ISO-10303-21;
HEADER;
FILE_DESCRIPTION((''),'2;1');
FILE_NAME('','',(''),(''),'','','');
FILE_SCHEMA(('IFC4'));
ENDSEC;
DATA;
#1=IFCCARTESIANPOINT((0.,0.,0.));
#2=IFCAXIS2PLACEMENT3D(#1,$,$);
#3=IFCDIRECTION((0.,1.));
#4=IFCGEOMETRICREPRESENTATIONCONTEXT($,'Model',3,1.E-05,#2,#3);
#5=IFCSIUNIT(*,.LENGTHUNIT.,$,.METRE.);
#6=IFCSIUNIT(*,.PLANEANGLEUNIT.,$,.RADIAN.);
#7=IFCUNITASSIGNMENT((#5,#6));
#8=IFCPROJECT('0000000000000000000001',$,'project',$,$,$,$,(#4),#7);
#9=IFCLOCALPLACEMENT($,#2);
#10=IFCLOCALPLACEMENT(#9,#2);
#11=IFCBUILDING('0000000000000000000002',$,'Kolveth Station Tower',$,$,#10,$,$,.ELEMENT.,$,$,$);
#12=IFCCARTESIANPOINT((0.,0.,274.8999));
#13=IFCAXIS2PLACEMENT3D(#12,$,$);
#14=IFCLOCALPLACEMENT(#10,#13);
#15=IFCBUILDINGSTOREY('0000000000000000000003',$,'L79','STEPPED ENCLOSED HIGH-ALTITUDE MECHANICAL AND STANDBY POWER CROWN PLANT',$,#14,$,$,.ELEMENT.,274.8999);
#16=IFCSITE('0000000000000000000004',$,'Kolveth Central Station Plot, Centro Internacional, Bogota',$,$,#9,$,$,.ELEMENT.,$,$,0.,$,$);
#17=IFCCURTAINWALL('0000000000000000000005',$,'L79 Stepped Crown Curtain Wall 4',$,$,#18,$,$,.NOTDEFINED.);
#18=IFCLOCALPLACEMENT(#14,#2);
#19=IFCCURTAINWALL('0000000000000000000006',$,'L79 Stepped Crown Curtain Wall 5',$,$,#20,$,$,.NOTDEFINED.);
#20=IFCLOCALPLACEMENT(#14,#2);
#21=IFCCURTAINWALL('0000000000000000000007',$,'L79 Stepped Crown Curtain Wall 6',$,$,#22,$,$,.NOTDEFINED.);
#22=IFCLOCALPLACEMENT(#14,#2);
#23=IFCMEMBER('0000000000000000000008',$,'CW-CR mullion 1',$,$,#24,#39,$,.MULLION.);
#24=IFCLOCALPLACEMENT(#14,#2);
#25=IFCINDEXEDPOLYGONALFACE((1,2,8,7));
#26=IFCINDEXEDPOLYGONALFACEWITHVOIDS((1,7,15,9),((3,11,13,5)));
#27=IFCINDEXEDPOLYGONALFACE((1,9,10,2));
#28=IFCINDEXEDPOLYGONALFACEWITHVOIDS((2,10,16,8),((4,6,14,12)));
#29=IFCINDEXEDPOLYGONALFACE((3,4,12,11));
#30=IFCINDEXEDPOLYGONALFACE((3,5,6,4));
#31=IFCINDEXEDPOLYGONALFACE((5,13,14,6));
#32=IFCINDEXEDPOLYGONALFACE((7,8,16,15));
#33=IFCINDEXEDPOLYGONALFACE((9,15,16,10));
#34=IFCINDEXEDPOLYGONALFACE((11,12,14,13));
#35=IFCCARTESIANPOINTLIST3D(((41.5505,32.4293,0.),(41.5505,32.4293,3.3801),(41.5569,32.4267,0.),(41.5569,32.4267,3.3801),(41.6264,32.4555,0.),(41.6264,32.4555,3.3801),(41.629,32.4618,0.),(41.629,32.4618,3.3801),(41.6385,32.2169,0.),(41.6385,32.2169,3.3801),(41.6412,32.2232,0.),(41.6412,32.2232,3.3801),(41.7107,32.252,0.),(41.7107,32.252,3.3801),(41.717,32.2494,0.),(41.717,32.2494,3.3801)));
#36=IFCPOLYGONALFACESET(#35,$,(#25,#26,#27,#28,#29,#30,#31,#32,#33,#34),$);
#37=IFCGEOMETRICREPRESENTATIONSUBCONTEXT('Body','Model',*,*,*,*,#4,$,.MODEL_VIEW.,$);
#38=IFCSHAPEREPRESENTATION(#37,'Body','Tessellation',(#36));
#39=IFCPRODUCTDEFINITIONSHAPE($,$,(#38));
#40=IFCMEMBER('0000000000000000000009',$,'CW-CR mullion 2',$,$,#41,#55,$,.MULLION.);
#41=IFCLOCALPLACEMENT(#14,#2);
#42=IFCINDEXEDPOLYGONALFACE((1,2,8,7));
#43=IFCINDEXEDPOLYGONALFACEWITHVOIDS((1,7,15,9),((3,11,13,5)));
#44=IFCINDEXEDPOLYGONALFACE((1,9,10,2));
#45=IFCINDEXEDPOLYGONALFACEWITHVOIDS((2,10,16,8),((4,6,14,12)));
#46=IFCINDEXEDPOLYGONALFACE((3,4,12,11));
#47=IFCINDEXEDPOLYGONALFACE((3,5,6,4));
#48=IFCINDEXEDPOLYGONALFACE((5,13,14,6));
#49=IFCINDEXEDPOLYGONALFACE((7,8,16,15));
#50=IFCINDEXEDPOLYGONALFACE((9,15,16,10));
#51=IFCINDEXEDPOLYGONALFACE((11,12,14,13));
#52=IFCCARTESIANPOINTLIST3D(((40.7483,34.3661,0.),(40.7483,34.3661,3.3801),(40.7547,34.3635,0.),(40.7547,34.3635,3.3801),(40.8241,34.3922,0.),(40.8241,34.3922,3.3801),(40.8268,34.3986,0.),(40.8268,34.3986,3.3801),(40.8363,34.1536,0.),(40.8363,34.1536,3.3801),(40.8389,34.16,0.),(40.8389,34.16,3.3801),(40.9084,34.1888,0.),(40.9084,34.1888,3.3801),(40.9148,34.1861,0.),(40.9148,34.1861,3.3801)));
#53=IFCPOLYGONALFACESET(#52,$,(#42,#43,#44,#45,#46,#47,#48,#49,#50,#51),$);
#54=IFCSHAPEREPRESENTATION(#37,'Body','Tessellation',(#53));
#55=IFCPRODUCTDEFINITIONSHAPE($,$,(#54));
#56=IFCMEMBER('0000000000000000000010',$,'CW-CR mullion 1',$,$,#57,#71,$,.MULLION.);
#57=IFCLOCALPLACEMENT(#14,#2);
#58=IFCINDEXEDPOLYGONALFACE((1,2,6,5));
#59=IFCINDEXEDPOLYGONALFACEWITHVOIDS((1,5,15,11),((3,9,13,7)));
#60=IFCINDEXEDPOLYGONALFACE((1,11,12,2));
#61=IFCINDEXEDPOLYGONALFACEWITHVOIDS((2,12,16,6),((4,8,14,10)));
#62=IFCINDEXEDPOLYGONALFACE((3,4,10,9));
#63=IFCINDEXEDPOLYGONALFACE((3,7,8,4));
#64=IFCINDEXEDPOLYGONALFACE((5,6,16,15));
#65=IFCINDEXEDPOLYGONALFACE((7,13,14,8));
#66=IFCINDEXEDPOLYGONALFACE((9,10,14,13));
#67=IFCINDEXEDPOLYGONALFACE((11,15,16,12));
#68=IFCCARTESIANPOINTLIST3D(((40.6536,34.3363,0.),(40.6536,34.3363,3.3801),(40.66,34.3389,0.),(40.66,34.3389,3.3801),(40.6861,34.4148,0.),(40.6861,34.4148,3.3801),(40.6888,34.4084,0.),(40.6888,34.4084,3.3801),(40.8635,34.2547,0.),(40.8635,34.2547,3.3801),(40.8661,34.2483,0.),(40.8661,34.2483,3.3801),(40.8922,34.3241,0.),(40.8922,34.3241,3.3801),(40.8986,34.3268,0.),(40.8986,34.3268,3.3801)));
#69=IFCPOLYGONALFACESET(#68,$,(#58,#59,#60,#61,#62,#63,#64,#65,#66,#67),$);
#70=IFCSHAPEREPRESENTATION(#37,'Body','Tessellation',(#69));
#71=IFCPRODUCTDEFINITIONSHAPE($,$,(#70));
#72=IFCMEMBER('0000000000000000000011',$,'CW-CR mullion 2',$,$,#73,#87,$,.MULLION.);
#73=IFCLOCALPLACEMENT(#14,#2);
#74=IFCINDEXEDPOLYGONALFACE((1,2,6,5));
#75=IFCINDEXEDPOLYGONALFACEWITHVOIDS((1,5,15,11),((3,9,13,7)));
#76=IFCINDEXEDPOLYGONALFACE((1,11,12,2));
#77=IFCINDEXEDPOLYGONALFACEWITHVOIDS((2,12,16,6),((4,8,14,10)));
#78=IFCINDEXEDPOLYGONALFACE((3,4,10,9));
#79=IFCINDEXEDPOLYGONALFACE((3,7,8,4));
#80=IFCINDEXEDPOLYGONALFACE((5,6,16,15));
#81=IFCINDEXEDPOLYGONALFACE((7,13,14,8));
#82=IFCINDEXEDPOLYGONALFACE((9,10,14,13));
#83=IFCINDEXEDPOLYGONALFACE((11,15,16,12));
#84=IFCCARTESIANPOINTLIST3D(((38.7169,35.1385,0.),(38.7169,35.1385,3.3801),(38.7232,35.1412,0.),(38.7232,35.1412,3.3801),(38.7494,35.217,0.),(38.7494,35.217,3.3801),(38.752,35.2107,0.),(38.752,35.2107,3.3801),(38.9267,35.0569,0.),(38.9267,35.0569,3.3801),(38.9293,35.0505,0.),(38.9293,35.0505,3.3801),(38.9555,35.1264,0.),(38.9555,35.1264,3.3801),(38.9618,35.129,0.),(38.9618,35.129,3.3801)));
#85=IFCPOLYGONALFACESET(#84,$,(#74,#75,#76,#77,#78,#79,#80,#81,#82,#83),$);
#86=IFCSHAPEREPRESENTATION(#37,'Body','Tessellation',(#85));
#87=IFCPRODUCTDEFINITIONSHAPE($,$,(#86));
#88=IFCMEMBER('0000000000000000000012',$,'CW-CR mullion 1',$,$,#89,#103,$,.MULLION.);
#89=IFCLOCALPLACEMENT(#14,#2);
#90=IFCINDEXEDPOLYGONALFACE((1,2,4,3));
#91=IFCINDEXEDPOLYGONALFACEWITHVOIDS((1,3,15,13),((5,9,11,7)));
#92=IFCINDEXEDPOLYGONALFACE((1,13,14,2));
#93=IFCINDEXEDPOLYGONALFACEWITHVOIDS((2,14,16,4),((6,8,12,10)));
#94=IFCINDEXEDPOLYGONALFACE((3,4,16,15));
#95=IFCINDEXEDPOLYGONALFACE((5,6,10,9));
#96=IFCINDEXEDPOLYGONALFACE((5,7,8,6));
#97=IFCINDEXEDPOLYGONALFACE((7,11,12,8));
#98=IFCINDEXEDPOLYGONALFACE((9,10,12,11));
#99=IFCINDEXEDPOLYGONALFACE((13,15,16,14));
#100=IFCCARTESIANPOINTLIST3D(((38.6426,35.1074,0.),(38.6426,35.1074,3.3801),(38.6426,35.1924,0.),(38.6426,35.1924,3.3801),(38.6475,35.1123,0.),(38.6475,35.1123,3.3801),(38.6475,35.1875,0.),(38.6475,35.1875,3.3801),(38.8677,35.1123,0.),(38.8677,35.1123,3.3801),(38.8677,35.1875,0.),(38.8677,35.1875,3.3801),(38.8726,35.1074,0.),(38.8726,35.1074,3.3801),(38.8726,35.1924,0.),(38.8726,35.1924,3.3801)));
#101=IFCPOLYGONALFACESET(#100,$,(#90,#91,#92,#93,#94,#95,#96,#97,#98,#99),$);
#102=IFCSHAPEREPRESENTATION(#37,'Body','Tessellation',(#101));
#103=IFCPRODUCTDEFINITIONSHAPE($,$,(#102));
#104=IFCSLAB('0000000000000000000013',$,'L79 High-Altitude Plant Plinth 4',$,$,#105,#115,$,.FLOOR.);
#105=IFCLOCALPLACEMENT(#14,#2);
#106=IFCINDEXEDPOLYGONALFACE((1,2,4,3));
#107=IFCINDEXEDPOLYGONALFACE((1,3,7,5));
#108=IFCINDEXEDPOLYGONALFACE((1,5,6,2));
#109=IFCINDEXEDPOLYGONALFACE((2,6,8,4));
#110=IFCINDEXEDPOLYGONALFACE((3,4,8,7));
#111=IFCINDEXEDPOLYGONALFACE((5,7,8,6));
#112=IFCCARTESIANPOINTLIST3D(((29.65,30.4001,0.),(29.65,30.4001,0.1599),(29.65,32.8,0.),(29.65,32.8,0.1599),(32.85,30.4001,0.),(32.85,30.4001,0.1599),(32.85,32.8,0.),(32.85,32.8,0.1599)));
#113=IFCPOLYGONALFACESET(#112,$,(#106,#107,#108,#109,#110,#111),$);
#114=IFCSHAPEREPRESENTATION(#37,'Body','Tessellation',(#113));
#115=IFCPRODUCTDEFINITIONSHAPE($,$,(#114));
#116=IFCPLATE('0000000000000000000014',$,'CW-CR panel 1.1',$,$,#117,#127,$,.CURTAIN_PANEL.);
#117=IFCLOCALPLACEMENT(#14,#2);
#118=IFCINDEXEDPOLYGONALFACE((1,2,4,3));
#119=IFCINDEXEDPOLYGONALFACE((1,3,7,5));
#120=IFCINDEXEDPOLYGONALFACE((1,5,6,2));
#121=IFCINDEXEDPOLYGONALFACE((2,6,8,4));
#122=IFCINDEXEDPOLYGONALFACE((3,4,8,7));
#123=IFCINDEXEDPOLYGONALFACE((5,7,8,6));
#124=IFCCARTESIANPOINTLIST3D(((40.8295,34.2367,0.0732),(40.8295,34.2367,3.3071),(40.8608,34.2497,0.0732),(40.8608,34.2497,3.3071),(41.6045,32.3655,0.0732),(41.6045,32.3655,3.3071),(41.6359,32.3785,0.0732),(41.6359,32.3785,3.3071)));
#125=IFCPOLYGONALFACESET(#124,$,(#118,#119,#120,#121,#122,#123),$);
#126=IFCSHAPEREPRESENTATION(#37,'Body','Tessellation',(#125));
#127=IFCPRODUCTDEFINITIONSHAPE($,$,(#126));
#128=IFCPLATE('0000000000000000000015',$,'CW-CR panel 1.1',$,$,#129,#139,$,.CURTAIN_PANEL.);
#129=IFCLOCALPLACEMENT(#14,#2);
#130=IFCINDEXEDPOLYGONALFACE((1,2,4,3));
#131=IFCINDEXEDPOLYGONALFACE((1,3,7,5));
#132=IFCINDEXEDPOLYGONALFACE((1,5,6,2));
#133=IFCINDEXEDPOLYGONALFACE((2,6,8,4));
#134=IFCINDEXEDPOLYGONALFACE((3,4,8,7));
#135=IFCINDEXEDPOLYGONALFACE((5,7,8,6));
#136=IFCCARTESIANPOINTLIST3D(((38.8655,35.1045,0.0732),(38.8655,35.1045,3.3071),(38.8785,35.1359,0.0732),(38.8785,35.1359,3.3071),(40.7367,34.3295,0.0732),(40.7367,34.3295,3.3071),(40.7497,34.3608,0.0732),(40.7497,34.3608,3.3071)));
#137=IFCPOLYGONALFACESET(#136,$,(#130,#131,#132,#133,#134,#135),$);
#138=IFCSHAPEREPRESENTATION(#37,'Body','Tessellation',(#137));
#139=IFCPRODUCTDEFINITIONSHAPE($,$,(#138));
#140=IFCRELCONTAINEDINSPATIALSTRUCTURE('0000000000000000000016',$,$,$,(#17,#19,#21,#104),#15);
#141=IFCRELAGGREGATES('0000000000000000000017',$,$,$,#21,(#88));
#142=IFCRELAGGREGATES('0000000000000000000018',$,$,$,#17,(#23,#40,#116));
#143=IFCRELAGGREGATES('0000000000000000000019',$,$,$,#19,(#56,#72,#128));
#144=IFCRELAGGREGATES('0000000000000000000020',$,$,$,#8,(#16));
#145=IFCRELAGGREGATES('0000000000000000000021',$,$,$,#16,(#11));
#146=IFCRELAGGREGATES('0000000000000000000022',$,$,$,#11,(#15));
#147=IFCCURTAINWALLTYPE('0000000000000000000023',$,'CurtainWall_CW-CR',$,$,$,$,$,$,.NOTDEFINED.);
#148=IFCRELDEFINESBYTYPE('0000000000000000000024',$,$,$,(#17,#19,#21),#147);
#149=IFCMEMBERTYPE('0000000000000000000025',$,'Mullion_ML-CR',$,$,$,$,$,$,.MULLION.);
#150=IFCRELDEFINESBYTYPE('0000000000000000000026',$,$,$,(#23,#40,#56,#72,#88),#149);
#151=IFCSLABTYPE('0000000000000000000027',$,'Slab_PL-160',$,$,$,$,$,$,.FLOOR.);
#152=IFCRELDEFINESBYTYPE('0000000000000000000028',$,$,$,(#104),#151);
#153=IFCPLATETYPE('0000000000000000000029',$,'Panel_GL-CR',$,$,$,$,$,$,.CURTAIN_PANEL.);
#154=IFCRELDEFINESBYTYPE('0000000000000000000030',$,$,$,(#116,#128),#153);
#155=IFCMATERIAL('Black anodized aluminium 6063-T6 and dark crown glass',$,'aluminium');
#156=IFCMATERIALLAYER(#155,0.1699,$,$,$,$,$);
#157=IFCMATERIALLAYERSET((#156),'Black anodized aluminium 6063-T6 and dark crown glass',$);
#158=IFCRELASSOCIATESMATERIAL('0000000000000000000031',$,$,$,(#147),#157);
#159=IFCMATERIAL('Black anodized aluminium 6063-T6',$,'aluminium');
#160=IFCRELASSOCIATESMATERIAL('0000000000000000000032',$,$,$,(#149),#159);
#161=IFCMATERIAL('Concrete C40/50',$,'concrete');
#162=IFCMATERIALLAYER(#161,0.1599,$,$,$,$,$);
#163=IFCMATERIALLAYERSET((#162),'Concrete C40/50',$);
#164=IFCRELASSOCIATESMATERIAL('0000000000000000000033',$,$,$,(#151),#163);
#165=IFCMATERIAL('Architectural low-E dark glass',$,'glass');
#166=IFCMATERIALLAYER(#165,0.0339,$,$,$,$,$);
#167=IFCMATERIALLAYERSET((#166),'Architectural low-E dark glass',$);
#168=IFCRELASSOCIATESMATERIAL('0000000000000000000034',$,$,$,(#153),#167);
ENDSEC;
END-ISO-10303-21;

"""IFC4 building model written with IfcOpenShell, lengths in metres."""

from ifc_helpers import new_model, si_unit, direction, frame, origin, origin_2d, place, context, subcontext, project, spatial, rectangle, hollow_rectangle, extrude, source, transform, mapped, material, layer, layer_set, material_profile, profile_set, type_object, element, aggregate, save


model = new_model("IFC4")

# Units and contexts
model_context = context("Model", 3, precision=1e-05, world=origin(), true_north=direction((0.0, 1.0)))
body_context = subcontext(model_context, "Body", "Model", "MODEL_VIEW")
ifc_project = project(units=[si_unit("LENGTHUNIT", "METRE"), si_unit("PLANEANGLEUNIT", "RADIAN")], contexts=[model_context])

# Site, building, storey
site_placement = place(None, origin())
site = spatial("IfcSite", under=ifc_project, at=site_placement, Name="Kolveth Central Station Plot, Centro Internacional, Bogota", CompositionType="ELEMENT", RefElevation=0.0)
building_placement = place(site_placement, origin())
building = spatial("IfcBuilding", under=site, at=building_placement, Name="Kolveth Station Tower", CompositionType="ELEMENT")
storey_placement = place(building_placement, frame((0.0, 0.0, 274.8999)))
storey = spatial("IfcBuildingStorey", under=building, at=storey_placement, Name="L79", Description="STEPPED ENCLOSED HIGH-ALTITUDE MECHANICAL AND STANDBY POWER CROWN PLANT", CompositionType="ELEMENT", Elevation=274.8999)

# Curtain walls
ifc_material_1 = material(Name="Black anodized aluminium 6063-T6 and dark crown glass", Category="aluminium")
ifc_layer_1 = layer(ifc_material_1, 0.1699)
ifc_layer_set_1 = layer_set([ifc_layer_1], Name="Black anodized aluminium 6063-T6 and dark crown glass")
curtain_wall_type = type_object("IfcCurtainWallType", Name="CurtainWall_CW-CR", PredefinedType="NOTDEFINED", material=ifc_layer_set_1)
curtain_wall_1_placement = place(storey_placement, origin())
curtain_wall_1 = element("IfcCurtainWall", 1, at=curtain_wall_1_placement, inside=storey, type_object=curtain_wall_type, Name="L79 Stepped Crown Curtain Wall 4", PredefinedType="NOTDEFINED")
ifc_material_2 = material(Name="Black anodized aluminium 6063-T6", Category="aluminium")
curtain_wall_2_placement = place(storey_placement, origin())
curtain_wall_2 = element("IfcCurtainWall", 2, at=curtain_wall_2_placement, inside=storey, type_object=curtain_wall_type, Name="L79 Stepped Crown Curtain Wall 5", PredefinedType="NOTDEFINED")
curtain_wall_3_placement = place(storey_placement, origin())
curtain_wall_3 = element("IfcCurtainWall", 3, at=curtain_wall_3_placement, inside=storey, type_object=curtain_wall_type, Name="L79 Stepped Crown Curtain Wall 6", PredefinedType="NOTDEFINED")

# Shared definitions
ifc_material_profile_1 = material_profile(ifc_material_2, hollow_rectangle(XDim=0.085, YDim=0.23, WallThickness=0.0049, at=origin_2d()), Name="ALU-85x230x5")
ifc_profile_set_1 = profile_set([ifc_material_profile_1], Name="Black anodized aluminium 6063-T6")
member_type_1 = type_object("IfcMemberType", Name="Mullion_ML-CR", PredefinedType="MULLION", material=ifc_profile_set_1)
shared_shape_1 = source(origin(), body_context, "Body", "SweptSolid", [
    extrude(hollow_rectangle(XDim=0.085, YDim=0.23, WallThickness=0.0049, at=origin_2d()), origin(), (0.0, 0.0, 1.0), 3.3801),
])

# Members
member_1_placement = place(storey_placement, frame((41.6338, 32.3394, 0.0), z_axis=(0.0, 0.0, 1.0), x_axis=(-0.92389, -0.382658, 0.0)))
member_1 = element("IfcMember", 4, at=member_1_placement, type_object=member_type_1, Name="CW-CR mullion 1", PredefinedType="MULLION", context=body_context, shape_type="MappedRepresentation", body=[
    mapped(shared_shape_1, transform((0.0, 0.0, 0.0), x_axis=(1.0, 0.0, 0.0), y_axis=(0.0, 1.0, 0.0), z_axis=(0.0, 0.0, 1.0), scale=1.0)),
])
member_2_placement = place(storey_placement, frame((40.8315, 34.2761, 0.0), z_axis=(0.0, 0.0, 1.0), x_axis=(-0.92389, -0.382658, 0.0)))
member_2 = element("IfcMember", 5, at=member_2_placement, type_object=member_type_1, Name="CW-CR mullion 2", PredefinedType="MULLION", context=body_context, shape_type="MappedRepresentation", body=[
    mapped(shared_shape_1, transform((0.0, 0.0, 0.0), x_axis=(1.0, 0.0, 0.0), y_axis=(0.0, 1.0, 0.0), z_axis=(0.0, 0.0, 1.0), scale=1.0)),
])
member_3_placement = place(storey_placement, frame((40.7761, 34.3315, 0.0), z_axis=(0.0, 0.0, 1.0), x_axis=(-0.382658, -0.92389, 0.0)))
member_3 = element("IfcMember", 6, at=member_3_placement, type_object=member_type_1, Name="CW-CR mullion 1", PredefinedType="MULLION", context=body_context, shape_type="MappedRepresentation", body=[
    mapped(shared_shape_1, transform((0.0, 0.0, 0.0), x_axis=(1.0, 0.0, 0.0), y_axis=(0.0, 1.0, 0.0), z_axis=(0.0, 0.0, 1.0), scale=1.0)),
])
member_4_placement = place(storey_placement, frame((38.8394, 35.1338, 0.0), z_axis=(0.0, 0.0, 1.0), x_axis=(-0.382658, -0.92389, 0.0)))
member_4 = element("IfcMember", 7, at=member_4_placement, type_object=member_type_1, Name="CW-CR mullion 2", PredefinedType="MULLION", context=body_context, shape_type="MappedRepresentation", body=[
    mapped(shared_shape_1, transform((0.0, 0.0, 0.0), x_axis=(1.0, 0.0, 0.0), y_axis=(0.0, 1.0, 0.0), z_axis=(0.0, 0.0, 1.0), scale=1.0)),
])
member_5_placement = place(storey_placement, frame((38.7576, 35.1499, 0.0), z_axis=(0.0, 0.0, 1.0), x_axis=(0.0, -1.0, 0.0)))
member_5 = element("IfcMember", 8, at=member_5_placement, type_object=member_type_1, Name="CW-CR mullion 1", PredefinedType="MULLION", context=body_context, shape_type="MappedRepresentation", body=[
    mapped(shared_shape_1, transform((0.0, 0.0, 0.0), x_axis=(1.0, 0.0, 0.0), y_axis=(0.0, 1.0, 0.0), z_axis=(0.0, 0.0, 1.0), scale=1.0)),
])
aggregate(curtain_wall_3, [member_5])

# Slab
ifc_material_3 = material(Name="Concrete C40/50", Category="concrete")
ifc_layer_2 = layer(ifc_material_3, 0.1599)
ifc_layer_set_2 = layer_set([ifc_layer_2], Name="Concrete C40/50")
slab_type = type_object("IfcSlabType", Name="Slab_PL-160", PredefinedType="FLOOR", material=ifc_layer_set_2)
shared_shape_2 = source(origin(), body_context, "Body", "SweptSolid", [
    extrude(rectangle(XDim=3.2, YDim=2.3999, at=origin_2d()), origin(), (0.0, 0.0, 1.0), 0.1599),
])
slab_placement = place(storey_placement, frame((31.25, 31.6001, 0.0), z_axis=(0.0, 0.0, 1.0), x_axis=(1.0, 0.0, 0.0)))
element("IfcSlab", 9, at=slab_placement, inside=storey, type_object=slab_type, Name="L79 High-Altitude Plant Plinth 4", PredefinedType="FLOOR", context=body_context, shape_type="MappedRepresentation", body=[
    mapped(shared_shape_2, transform((0.0, 0.0, 0.0), x_axis=(1.0, 0.0, 0.0), y_axis=(0.0, 1.0, 0.0), z_axis=(0.0, 0.0, 1.0), scale=1.0)),
])

# Plates
ifc_material_4 = material(Name="Architectural low-E dark glass", Category="glass")
ifc_layer_3 = layer(ifc_material_4, 0.0339)
ifc_layer_set_3 = layer_set([ifc_layer_3], Name="Architectural low-E dark glass")
plate_type = type_object("IfcPlateType", Name="Panel_GL-CR", PredefinedType="CURTAIN_PANEL", material=ifc_layer_set_3)
shared_shape_3 = source(origin(), body_context, "Body", "SweptSolid", [
    extrude(rectangle(XDim=2.0254, YDim=0.0339, at=origin_2d()), origin(), (0.0, 0.0, 1.0), 3.2339),
])
plate_1_placement = place(storey_placement, frame((41.2327, 33.3076, 0.0732), z_axis=(0.0, 0.0, 1.0), x_axis=(-0.382658, 0.92389, 0.0)))
plate_1 = element("IfcPlate", 10, at=plate_1_placement, type_object=plate_type, Name="CW-CR panel 1.1", PredefinedType="CURTAIN_PANEL", context=body_context, shape_type="MappedRepresentation", body=[
    mapped(shared_shape_3, transform((0.0, 0.0, 0.0), x_axis=(1.0, 0.0, 0.0), y_axis=(0.0, 1.0, 0.0), z_axis=(0.0, 0.0, 1.0), scale=1.0)),
])
aggregate(curtain_wall_1, [member_1, member_2, plate_1])
plate_2_placement = place(storey_placement, frame((39.8076, 34.7327, 0.0732), z_axis=(0.0, 0.0, 1.0), x_axis=(-0.92389, 0.382658, 0.0)))
plate_2 = element("IfcPlate", 11, at=plate_2_placement, type_object=plate_type, Name="CW-CR panel 1.1", PredefinedType="CURTAIN_PANEL", context=body_context, shape_type="MappedRepresentation", body=[
    mapped(shared_shape_3, transform((0.0, 0.0, 0.0), x_axis=(1.0, 0.0, 0.0), y_axis=(0.0, 1.0, 0.0), z_axis=(0.0, 0.0, 1.0), scale=1.0)),
])
aggregate(curtain_wall_2, [member_3, member_4, plate_2])

save(model, "model.ifc")
